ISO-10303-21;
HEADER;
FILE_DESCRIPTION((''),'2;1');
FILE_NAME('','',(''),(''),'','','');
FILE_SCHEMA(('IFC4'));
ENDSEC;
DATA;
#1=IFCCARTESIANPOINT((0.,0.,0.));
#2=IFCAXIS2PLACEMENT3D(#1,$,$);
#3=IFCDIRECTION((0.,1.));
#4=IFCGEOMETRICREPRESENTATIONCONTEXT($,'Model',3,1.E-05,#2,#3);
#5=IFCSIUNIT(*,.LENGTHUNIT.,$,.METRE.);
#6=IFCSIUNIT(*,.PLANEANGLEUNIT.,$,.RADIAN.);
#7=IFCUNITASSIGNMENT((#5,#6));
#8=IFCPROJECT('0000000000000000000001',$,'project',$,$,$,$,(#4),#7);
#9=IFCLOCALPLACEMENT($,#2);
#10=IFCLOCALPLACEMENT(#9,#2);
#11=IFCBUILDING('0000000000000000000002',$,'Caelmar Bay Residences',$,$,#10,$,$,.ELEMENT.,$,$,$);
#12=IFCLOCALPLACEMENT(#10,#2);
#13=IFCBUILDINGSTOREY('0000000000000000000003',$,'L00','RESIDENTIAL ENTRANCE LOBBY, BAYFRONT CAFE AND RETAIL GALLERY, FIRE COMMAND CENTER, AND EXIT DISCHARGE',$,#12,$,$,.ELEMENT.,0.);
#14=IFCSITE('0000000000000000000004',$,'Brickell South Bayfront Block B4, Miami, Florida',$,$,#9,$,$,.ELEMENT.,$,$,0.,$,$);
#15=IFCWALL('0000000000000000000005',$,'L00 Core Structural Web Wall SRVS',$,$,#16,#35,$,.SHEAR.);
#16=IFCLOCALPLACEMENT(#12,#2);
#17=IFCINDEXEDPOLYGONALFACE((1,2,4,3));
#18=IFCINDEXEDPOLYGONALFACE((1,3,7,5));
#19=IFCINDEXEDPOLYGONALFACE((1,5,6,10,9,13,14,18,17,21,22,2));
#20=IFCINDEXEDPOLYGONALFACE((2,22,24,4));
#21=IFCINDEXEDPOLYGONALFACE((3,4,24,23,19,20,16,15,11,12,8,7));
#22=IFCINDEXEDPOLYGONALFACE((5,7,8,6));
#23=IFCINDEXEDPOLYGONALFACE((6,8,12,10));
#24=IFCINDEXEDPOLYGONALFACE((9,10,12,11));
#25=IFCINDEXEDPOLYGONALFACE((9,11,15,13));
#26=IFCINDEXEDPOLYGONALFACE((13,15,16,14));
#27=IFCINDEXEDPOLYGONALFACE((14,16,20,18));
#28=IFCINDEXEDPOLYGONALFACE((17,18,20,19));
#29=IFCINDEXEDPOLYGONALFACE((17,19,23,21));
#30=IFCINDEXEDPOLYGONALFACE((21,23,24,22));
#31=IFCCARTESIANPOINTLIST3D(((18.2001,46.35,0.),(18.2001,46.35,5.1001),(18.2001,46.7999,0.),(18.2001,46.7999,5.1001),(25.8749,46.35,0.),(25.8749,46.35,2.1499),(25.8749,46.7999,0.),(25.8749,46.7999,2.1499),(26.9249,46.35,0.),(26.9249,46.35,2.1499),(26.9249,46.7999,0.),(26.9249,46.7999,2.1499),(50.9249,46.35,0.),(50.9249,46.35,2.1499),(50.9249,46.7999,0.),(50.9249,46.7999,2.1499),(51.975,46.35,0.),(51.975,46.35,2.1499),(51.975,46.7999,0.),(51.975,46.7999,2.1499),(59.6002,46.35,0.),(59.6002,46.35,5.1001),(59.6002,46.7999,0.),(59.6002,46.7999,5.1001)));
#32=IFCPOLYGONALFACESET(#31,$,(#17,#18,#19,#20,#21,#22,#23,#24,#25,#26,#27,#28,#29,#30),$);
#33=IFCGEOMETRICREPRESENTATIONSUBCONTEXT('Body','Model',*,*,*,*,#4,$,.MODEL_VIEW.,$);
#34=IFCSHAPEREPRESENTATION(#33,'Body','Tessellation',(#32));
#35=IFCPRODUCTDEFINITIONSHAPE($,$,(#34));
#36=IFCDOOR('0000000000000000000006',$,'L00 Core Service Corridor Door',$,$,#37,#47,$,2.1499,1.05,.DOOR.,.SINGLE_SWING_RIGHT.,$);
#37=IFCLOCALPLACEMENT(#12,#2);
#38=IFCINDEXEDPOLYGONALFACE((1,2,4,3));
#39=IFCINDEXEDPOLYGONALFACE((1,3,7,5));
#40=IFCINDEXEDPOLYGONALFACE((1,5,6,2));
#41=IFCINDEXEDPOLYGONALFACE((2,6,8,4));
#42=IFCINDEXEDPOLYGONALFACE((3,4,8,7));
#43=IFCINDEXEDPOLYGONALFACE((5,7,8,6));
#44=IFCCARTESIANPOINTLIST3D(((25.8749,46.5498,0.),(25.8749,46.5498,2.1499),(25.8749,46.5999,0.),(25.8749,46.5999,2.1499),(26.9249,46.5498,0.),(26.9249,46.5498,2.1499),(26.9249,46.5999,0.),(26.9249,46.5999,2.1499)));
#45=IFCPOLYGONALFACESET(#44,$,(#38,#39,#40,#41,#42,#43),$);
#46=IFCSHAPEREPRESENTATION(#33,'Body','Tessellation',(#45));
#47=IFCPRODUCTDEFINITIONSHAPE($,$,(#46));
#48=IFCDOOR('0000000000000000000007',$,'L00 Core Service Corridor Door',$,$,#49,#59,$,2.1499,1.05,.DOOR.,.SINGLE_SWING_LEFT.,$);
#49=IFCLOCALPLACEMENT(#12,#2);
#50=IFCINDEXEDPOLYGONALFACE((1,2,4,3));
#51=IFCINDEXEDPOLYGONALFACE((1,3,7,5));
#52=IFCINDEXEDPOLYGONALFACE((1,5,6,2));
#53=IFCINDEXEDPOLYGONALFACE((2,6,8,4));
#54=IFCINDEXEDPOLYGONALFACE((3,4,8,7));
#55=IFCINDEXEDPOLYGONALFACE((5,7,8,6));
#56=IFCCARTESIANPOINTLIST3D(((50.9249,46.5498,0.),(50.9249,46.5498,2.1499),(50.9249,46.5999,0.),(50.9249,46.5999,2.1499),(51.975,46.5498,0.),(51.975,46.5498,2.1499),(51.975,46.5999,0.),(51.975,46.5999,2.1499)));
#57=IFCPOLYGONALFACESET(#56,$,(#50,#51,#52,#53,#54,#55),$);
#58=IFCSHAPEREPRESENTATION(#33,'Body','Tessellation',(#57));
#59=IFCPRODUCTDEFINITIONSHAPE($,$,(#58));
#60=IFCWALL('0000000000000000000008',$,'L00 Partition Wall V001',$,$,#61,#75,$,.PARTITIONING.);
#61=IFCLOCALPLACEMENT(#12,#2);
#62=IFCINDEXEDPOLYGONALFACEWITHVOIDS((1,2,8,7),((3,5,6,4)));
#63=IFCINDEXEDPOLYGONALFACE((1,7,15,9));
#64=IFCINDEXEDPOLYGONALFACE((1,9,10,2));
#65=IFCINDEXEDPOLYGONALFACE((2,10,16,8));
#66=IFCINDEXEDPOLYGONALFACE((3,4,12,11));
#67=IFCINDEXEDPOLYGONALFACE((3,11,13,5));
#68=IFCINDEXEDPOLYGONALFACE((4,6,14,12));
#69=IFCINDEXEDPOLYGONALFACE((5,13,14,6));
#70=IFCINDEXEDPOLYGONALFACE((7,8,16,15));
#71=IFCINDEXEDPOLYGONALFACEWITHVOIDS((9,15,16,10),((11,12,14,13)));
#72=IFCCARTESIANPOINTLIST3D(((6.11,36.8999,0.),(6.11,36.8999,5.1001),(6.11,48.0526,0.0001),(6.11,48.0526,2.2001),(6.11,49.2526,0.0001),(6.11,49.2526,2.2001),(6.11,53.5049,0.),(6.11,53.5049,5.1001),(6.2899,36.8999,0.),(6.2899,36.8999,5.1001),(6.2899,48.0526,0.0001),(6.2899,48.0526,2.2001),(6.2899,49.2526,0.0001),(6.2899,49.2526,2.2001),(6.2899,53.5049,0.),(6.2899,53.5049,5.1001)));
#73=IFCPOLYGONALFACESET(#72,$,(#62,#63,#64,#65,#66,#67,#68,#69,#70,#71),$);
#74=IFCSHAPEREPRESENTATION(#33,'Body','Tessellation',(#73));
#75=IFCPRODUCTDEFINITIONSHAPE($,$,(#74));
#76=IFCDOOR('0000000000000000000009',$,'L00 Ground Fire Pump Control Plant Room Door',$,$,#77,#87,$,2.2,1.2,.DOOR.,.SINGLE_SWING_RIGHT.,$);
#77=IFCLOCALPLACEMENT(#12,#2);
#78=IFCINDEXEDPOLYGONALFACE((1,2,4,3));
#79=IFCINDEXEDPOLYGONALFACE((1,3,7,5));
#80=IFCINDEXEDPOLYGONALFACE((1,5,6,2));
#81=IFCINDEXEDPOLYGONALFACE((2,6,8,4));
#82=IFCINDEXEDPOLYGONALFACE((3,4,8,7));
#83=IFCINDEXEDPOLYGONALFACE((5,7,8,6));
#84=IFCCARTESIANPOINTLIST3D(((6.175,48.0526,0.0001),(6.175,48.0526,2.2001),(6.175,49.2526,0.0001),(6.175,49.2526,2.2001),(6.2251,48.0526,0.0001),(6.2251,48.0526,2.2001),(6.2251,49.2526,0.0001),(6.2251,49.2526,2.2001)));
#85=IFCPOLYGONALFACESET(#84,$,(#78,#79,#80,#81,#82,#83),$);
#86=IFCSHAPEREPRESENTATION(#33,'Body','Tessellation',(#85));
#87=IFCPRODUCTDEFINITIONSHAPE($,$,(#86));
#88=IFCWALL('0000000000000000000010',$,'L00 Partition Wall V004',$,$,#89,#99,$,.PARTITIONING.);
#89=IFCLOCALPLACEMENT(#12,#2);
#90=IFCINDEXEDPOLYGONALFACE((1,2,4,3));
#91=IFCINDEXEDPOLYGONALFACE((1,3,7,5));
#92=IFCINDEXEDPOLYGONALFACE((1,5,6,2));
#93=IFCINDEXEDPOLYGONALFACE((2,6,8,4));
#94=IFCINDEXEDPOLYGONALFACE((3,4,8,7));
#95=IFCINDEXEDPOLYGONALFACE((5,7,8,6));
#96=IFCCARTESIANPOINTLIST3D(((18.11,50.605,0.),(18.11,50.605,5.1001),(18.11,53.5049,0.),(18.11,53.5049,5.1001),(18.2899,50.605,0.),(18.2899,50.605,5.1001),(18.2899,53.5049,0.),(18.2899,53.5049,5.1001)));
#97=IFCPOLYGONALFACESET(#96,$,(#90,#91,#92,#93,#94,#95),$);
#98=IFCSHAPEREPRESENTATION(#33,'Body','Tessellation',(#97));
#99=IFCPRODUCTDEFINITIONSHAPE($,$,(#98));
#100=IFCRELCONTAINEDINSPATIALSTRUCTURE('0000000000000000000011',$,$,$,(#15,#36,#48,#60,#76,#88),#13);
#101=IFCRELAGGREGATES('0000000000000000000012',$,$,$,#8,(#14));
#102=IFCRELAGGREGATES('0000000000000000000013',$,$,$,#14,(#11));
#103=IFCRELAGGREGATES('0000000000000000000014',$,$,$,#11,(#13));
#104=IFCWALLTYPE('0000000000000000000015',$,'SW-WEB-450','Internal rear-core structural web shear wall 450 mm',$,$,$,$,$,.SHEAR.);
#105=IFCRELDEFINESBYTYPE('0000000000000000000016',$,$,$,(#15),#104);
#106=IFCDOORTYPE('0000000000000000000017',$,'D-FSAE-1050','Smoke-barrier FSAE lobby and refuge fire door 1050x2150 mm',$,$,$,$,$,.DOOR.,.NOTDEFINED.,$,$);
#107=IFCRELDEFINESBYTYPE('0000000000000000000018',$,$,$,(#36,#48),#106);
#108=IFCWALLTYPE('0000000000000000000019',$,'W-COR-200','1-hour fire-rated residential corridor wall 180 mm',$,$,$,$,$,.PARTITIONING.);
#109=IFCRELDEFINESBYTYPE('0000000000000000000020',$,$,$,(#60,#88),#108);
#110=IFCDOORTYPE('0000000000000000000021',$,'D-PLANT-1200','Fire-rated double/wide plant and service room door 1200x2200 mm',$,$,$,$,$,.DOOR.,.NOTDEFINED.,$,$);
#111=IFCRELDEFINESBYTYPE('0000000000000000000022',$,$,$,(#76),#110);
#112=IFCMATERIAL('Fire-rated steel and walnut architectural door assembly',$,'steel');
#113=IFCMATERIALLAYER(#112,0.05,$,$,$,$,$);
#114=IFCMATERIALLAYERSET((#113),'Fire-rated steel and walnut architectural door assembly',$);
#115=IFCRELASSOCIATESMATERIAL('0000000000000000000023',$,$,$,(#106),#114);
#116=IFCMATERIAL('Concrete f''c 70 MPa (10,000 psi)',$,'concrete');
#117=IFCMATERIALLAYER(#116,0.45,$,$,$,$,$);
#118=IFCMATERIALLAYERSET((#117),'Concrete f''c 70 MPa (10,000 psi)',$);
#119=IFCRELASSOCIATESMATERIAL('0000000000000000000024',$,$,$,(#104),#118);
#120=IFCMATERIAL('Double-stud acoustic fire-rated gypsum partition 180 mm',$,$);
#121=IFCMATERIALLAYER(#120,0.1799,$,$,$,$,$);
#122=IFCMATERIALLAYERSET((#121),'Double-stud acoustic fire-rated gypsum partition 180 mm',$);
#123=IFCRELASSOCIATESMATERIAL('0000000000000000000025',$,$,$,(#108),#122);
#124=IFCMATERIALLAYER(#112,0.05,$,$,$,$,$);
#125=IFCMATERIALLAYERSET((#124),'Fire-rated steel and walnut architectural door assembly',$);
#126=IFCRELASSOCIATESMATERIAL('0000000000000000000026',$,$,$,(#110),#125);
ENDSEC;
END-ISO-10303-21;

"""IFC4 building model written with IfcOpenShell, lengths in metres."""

from ifc_helpers import new_model, si_unit, direction, frame, frame_2d, origin, place, context, subcontext, project, spatial, rectangle, extrude, material, layer, layer_set, type_object, element, fill, save


model = new_model("IFC4")

# Units and contexts
model_context = context("Model", 3, precision=1e-05, world=origin(), true_north=direction((0.0, 1.0)))
body_context = subcontext(model_context, "Body", "Model", "MODEL_VIEW")
ifc_project = project(units=[si_unit("LENGTHUNIT", "METRE"), si_unit("PLANEANGLEUNIT", "RADIAN")], contexts=[model_context])

# Site, building, storey
site_placement = place(None, origin())
site = spatial("IfcSite", under=ifc_project, at=site_placement, Name="Brickell South Bayfront Block B4, Miami, Florida", CompositionType="ELEMENT", RefElevation=0.0)
building_placement = place(site_placement, origin())
building = spatial("IfcBuilding", under=site, at=building_placement, Name="Caelmar Bay Residences", CompositionType="ELEMENT")
storey_placement = place(building_placement, origin())
storey = spatial("IfcBuildingStorey", under=building, at=storey_placement, Name="L00", Description="RESIDENTIAL ENTRANCE LOBBY, BAYFRONT CAFE AND RETAIL GALLERY, FIRE COMMAND CENTER, AND EXIT DISCHARGE", CompositionType="ELEMENT", Elevation=0.0)

# Shared definitions
ifc_material_1 = material(Name="Concrete f'c 70 MPa (10,000 psi)", Category="concrete")

# Shared definitions
ifc_material_2 = material(Name="Fire-rated steel and walnut architectural door assembly", Category="steel")
ifc_layer_1 = layer(ifc_material_2, 0.05)
ifc_layer_set_1 = layer_set([ifc_layer_1], Name="Fire-rated steel and walnut architectural door assembly")
door_type_1 = type_object("IfcDoorType", Name="D-FSAE-1050", Description="Smoke-barrier FSAE lobby and refuge fire door 1050x2150 mm", OperationType="NOTDEFINED", PredefinedType="DOOR", material=ifc_layer_set_1)

# Wall, openings, doors
ifc_layer_2 = layer(ifc_material_1, 0.45)
ifc_layer_set_2 = layer_set([ifc_layer_2], Name="Concrete f'c 70 MPa (10,000 psi)")
wall_type_1 = type_object("IfcWallType", Name="SW-WEB-450", Description="Internal rear-core structural web shear wall 450 mm", PredefinedType="SHEAR", material=ifc_layer_set_2)
wall_1_placement = place(storey_placement, frame((18.2, 46.575, 0.0), z_axis=(0.0, 0.0, 1.0), x_axis=(1.0, 0.0, 0.0)))
wall_1 = element("IfcWall", 1, at=wall_1_placement, inside=storey, type_object=wall_type_1, Name="L00 Core Structural Web Wall SRVS", PredefinedType="SHEAR", context=body_context, shape_type="SweptSolid", body=[
    extrude(rectangle(XDim=41.4001, YDim=0.45, at=frame_2d((20.7002, 0.0))), origin(), (0.0, 0.0, 1.0), 5.1001),
])
opening_1_placement = place(wall_1_placement, frame((7.675, 0.0, 0.0)))
opening_1 = element("IfcOpeningElement", 2, at=opening_1_placement, cuts=wall_1, PredefinedType="OPENING", context=body_context, shape_type="SweptSolid", body=[
    extrude(rectangle(XDim=1.05, YDim=2.1499, at=frame_2d((0.5249, 1.075))), frame((0.0, 0.2349, 0.0), z_axis=(0.0, -1.0, 0.0), x_axis=(1.0, 0.0, 0.0)), (0.0, 0.0, 1.0), 0.47),
])
opening_2_placement = place(wall_1_placement, frame((32.7251, 0.0, 0.0)))
opening_2 = element("IfcOpeningElement", 3, at=opening_2_placement, cuts=wall_1, PredefinedType="OPENING", context=body_context, shape_type="SweptSolid", body=[
    extrude(rectangle(XDim=1.05, YDim=2.1499, at=frame_2d((0.5249, 1.075))), frame((0.0, 0.2349, 0.0), z_axis=(0.0, -1.0, 0.0), x_axis=(1.0, 0.0, 0.0)), (0.0, 0.0, 1.0), 0.47),
])
door_1_placement = place(opening_1_placement, origin())
door_1 = element("IfcDoor", 4, at=door_1_placement, inside=storey, type_object=door_type_1, Name="L00 Core Service Corridor Door", OperationType="SINGLE_SWING_RIGHT", OverallHeight=2.1499, OverallWidth=1.05, PredefinedType="DOOR", context=body_context, shape_type="SweptSolid", body=[
    extrude(rectangle(XDim=1.05, YDim=2.1499, at=frame_2d((0.5249, 1.075))), frame((0.0, 0.0249, 0.0), z_axis=(0.0, -1.0, 0.0), x_axis=(1.0, 0.0, 0.0)), (0.0, 0.0, 1.0), 0.05),
])
fill(opening_1, door_1)
door_2_placement = place(opening_2_placement, origin())
door_2 = element("IfcDoor", 5, at=door_2_placement, inside=storey, type_object=door_type_1, Name="L00 Core Service Corridor Door", OperationType="SINGLE_SWING_LEFT", OverallHeight=2.1499, OverallWidth=1.05, PredefinedType="DOOR", context=body_context, shape_type="SweptSolid", body=[
    extrude(rectangle(XDim=1.05, YDim=2.1499, at=frame_2d((0.5249, 1.075))), frame((0.0, 0.0249, 0.0), z_axis=(0.0, -1.0, 0.0), x_axis=(1.0, 0.0, 0.0)), (0.0, 0.0, 1.0), 0.05),
])
fill(opening_2, door_2)

# Wall, opening, door
ifc_material_3 = material(Name="Double-stud acoustic fire-rated gypsum partition 180 mm")
ifc_layer_3 = layer(ifc_material_3, 0.1799)
ifc_layer_set_3 = layer_set([ifc_layer_3], Name="Double-stud acoustic fire-rated gypsum partition 180 mm")
wall_type_2 = type_object("IfcWallType", Name="W-COR-200", Description="1-hour fire-rated residential corridor wall 180 mm", PredefinedType="PARTITIONING", material=ifc_layer_set_3)
wall_2_placement = place(storey_placement, frame((6.2, 36.8999, 0.0), z_axis=(0.0, 0.0, 1.0), x_axis=(0.0, 1.0, 0.0)))
wall_2 = element("IfcWall", 6, at=wall_2_placement, inside=storey, type_object=wall_type_2, Name="L00 Partition Wall V001", PredefinedType="PARTITIONING", context=body_context, shape_type="SweptSolid", body=[
    extrude(rectangle(XDim=16.605, YDim=0.1799, at=frame_2d((8.3025, 0.0))), origin(), (0.0, 0.0, 1.0), 5.1001),
])
opening_3_placement = place(wall_2_placement, frame((11.1526, 0.0, 0.0)))
opening_3 = element("IfcOpeningElement", 7, at=opening_3_placement, cuts=wall_2, PredefinedType="OPENING", context=body_context, shape_type="SweptSolid", body=[
    extrude(rectangle(XDim=1.2, YDim=2.2, at=frame_2d((0.6001, 1.1001))), frame((0.0, 0.0999, 0.0), z_axis=(0.0, -1.0, 0.0), x_axis=(1.0, 0.0, 0.0)), (0.0, 0.0, 1.0), 0.2),
])
ifc_layer_4 = layer(ifc_material_2, 0.05)
ifc_layer_set_4 = layer_set([ifc_layer_4], Name="Fire-rated steel and walnut architectural door assembly")
door_type_2 = type_object("IfcDoorType", Name="D-PLANT-1200", Description="Fire-rated double/wide plant and service room door 1200x2200 mm", OperationType="NOTDEFINED", PredefinedType="DOOR", material=ifc_layer_set_4)
door_3_placement = place(opening_3_placement, origin())
door_3 = element("IfcDoor", 8, at=door_3_placement, inside=storey, type_object=door_type_2, Name="L00 Ground Fire Pump Control Plant Room Door", OperationType="SINGLE_SWING_RIGHT", OverallHeight=2.2, OverallWidth=1.2, PredefinedType="DOOR", context=body_context, shape_type="SweptSolid", body=[
    extrude(rectangle(XDim=1.2, YDim=2.2, at=frame_2d((0.6001, 1.1001))), frame((0.0, 0.0249, 0.0), z_axis=(0.0, -1.0, 0.0), x_axis=(1.0, 0.0, 0.0)), (0.0, 0.0, 1.0), 0.05),
])
fill(opening_3, door_3)

# Wall
wall_3_placement = place(storey_placement, frame((18.2, 50.605, 0.0), z_axis=(0.0, 0.0, 1.0), x_axis=(0.0, 1.0, 0.0)))
element("IfcWall", 9, at=wall_3_placement, inside=storey, type_object=wall_type_2, Name="L00 Partition Wall V004", PredefinedType="PARTITIONING", context=body_context, shape_type="SweptSolid", body=[
    extrude(rectangle(XDim=2.8999, YDim=0.1799, at=frame_2d((1.45, 0.0))), origin(), (0.0, 0.0, 1.0), 5.1001),
])

save(model, "model.ifc")
